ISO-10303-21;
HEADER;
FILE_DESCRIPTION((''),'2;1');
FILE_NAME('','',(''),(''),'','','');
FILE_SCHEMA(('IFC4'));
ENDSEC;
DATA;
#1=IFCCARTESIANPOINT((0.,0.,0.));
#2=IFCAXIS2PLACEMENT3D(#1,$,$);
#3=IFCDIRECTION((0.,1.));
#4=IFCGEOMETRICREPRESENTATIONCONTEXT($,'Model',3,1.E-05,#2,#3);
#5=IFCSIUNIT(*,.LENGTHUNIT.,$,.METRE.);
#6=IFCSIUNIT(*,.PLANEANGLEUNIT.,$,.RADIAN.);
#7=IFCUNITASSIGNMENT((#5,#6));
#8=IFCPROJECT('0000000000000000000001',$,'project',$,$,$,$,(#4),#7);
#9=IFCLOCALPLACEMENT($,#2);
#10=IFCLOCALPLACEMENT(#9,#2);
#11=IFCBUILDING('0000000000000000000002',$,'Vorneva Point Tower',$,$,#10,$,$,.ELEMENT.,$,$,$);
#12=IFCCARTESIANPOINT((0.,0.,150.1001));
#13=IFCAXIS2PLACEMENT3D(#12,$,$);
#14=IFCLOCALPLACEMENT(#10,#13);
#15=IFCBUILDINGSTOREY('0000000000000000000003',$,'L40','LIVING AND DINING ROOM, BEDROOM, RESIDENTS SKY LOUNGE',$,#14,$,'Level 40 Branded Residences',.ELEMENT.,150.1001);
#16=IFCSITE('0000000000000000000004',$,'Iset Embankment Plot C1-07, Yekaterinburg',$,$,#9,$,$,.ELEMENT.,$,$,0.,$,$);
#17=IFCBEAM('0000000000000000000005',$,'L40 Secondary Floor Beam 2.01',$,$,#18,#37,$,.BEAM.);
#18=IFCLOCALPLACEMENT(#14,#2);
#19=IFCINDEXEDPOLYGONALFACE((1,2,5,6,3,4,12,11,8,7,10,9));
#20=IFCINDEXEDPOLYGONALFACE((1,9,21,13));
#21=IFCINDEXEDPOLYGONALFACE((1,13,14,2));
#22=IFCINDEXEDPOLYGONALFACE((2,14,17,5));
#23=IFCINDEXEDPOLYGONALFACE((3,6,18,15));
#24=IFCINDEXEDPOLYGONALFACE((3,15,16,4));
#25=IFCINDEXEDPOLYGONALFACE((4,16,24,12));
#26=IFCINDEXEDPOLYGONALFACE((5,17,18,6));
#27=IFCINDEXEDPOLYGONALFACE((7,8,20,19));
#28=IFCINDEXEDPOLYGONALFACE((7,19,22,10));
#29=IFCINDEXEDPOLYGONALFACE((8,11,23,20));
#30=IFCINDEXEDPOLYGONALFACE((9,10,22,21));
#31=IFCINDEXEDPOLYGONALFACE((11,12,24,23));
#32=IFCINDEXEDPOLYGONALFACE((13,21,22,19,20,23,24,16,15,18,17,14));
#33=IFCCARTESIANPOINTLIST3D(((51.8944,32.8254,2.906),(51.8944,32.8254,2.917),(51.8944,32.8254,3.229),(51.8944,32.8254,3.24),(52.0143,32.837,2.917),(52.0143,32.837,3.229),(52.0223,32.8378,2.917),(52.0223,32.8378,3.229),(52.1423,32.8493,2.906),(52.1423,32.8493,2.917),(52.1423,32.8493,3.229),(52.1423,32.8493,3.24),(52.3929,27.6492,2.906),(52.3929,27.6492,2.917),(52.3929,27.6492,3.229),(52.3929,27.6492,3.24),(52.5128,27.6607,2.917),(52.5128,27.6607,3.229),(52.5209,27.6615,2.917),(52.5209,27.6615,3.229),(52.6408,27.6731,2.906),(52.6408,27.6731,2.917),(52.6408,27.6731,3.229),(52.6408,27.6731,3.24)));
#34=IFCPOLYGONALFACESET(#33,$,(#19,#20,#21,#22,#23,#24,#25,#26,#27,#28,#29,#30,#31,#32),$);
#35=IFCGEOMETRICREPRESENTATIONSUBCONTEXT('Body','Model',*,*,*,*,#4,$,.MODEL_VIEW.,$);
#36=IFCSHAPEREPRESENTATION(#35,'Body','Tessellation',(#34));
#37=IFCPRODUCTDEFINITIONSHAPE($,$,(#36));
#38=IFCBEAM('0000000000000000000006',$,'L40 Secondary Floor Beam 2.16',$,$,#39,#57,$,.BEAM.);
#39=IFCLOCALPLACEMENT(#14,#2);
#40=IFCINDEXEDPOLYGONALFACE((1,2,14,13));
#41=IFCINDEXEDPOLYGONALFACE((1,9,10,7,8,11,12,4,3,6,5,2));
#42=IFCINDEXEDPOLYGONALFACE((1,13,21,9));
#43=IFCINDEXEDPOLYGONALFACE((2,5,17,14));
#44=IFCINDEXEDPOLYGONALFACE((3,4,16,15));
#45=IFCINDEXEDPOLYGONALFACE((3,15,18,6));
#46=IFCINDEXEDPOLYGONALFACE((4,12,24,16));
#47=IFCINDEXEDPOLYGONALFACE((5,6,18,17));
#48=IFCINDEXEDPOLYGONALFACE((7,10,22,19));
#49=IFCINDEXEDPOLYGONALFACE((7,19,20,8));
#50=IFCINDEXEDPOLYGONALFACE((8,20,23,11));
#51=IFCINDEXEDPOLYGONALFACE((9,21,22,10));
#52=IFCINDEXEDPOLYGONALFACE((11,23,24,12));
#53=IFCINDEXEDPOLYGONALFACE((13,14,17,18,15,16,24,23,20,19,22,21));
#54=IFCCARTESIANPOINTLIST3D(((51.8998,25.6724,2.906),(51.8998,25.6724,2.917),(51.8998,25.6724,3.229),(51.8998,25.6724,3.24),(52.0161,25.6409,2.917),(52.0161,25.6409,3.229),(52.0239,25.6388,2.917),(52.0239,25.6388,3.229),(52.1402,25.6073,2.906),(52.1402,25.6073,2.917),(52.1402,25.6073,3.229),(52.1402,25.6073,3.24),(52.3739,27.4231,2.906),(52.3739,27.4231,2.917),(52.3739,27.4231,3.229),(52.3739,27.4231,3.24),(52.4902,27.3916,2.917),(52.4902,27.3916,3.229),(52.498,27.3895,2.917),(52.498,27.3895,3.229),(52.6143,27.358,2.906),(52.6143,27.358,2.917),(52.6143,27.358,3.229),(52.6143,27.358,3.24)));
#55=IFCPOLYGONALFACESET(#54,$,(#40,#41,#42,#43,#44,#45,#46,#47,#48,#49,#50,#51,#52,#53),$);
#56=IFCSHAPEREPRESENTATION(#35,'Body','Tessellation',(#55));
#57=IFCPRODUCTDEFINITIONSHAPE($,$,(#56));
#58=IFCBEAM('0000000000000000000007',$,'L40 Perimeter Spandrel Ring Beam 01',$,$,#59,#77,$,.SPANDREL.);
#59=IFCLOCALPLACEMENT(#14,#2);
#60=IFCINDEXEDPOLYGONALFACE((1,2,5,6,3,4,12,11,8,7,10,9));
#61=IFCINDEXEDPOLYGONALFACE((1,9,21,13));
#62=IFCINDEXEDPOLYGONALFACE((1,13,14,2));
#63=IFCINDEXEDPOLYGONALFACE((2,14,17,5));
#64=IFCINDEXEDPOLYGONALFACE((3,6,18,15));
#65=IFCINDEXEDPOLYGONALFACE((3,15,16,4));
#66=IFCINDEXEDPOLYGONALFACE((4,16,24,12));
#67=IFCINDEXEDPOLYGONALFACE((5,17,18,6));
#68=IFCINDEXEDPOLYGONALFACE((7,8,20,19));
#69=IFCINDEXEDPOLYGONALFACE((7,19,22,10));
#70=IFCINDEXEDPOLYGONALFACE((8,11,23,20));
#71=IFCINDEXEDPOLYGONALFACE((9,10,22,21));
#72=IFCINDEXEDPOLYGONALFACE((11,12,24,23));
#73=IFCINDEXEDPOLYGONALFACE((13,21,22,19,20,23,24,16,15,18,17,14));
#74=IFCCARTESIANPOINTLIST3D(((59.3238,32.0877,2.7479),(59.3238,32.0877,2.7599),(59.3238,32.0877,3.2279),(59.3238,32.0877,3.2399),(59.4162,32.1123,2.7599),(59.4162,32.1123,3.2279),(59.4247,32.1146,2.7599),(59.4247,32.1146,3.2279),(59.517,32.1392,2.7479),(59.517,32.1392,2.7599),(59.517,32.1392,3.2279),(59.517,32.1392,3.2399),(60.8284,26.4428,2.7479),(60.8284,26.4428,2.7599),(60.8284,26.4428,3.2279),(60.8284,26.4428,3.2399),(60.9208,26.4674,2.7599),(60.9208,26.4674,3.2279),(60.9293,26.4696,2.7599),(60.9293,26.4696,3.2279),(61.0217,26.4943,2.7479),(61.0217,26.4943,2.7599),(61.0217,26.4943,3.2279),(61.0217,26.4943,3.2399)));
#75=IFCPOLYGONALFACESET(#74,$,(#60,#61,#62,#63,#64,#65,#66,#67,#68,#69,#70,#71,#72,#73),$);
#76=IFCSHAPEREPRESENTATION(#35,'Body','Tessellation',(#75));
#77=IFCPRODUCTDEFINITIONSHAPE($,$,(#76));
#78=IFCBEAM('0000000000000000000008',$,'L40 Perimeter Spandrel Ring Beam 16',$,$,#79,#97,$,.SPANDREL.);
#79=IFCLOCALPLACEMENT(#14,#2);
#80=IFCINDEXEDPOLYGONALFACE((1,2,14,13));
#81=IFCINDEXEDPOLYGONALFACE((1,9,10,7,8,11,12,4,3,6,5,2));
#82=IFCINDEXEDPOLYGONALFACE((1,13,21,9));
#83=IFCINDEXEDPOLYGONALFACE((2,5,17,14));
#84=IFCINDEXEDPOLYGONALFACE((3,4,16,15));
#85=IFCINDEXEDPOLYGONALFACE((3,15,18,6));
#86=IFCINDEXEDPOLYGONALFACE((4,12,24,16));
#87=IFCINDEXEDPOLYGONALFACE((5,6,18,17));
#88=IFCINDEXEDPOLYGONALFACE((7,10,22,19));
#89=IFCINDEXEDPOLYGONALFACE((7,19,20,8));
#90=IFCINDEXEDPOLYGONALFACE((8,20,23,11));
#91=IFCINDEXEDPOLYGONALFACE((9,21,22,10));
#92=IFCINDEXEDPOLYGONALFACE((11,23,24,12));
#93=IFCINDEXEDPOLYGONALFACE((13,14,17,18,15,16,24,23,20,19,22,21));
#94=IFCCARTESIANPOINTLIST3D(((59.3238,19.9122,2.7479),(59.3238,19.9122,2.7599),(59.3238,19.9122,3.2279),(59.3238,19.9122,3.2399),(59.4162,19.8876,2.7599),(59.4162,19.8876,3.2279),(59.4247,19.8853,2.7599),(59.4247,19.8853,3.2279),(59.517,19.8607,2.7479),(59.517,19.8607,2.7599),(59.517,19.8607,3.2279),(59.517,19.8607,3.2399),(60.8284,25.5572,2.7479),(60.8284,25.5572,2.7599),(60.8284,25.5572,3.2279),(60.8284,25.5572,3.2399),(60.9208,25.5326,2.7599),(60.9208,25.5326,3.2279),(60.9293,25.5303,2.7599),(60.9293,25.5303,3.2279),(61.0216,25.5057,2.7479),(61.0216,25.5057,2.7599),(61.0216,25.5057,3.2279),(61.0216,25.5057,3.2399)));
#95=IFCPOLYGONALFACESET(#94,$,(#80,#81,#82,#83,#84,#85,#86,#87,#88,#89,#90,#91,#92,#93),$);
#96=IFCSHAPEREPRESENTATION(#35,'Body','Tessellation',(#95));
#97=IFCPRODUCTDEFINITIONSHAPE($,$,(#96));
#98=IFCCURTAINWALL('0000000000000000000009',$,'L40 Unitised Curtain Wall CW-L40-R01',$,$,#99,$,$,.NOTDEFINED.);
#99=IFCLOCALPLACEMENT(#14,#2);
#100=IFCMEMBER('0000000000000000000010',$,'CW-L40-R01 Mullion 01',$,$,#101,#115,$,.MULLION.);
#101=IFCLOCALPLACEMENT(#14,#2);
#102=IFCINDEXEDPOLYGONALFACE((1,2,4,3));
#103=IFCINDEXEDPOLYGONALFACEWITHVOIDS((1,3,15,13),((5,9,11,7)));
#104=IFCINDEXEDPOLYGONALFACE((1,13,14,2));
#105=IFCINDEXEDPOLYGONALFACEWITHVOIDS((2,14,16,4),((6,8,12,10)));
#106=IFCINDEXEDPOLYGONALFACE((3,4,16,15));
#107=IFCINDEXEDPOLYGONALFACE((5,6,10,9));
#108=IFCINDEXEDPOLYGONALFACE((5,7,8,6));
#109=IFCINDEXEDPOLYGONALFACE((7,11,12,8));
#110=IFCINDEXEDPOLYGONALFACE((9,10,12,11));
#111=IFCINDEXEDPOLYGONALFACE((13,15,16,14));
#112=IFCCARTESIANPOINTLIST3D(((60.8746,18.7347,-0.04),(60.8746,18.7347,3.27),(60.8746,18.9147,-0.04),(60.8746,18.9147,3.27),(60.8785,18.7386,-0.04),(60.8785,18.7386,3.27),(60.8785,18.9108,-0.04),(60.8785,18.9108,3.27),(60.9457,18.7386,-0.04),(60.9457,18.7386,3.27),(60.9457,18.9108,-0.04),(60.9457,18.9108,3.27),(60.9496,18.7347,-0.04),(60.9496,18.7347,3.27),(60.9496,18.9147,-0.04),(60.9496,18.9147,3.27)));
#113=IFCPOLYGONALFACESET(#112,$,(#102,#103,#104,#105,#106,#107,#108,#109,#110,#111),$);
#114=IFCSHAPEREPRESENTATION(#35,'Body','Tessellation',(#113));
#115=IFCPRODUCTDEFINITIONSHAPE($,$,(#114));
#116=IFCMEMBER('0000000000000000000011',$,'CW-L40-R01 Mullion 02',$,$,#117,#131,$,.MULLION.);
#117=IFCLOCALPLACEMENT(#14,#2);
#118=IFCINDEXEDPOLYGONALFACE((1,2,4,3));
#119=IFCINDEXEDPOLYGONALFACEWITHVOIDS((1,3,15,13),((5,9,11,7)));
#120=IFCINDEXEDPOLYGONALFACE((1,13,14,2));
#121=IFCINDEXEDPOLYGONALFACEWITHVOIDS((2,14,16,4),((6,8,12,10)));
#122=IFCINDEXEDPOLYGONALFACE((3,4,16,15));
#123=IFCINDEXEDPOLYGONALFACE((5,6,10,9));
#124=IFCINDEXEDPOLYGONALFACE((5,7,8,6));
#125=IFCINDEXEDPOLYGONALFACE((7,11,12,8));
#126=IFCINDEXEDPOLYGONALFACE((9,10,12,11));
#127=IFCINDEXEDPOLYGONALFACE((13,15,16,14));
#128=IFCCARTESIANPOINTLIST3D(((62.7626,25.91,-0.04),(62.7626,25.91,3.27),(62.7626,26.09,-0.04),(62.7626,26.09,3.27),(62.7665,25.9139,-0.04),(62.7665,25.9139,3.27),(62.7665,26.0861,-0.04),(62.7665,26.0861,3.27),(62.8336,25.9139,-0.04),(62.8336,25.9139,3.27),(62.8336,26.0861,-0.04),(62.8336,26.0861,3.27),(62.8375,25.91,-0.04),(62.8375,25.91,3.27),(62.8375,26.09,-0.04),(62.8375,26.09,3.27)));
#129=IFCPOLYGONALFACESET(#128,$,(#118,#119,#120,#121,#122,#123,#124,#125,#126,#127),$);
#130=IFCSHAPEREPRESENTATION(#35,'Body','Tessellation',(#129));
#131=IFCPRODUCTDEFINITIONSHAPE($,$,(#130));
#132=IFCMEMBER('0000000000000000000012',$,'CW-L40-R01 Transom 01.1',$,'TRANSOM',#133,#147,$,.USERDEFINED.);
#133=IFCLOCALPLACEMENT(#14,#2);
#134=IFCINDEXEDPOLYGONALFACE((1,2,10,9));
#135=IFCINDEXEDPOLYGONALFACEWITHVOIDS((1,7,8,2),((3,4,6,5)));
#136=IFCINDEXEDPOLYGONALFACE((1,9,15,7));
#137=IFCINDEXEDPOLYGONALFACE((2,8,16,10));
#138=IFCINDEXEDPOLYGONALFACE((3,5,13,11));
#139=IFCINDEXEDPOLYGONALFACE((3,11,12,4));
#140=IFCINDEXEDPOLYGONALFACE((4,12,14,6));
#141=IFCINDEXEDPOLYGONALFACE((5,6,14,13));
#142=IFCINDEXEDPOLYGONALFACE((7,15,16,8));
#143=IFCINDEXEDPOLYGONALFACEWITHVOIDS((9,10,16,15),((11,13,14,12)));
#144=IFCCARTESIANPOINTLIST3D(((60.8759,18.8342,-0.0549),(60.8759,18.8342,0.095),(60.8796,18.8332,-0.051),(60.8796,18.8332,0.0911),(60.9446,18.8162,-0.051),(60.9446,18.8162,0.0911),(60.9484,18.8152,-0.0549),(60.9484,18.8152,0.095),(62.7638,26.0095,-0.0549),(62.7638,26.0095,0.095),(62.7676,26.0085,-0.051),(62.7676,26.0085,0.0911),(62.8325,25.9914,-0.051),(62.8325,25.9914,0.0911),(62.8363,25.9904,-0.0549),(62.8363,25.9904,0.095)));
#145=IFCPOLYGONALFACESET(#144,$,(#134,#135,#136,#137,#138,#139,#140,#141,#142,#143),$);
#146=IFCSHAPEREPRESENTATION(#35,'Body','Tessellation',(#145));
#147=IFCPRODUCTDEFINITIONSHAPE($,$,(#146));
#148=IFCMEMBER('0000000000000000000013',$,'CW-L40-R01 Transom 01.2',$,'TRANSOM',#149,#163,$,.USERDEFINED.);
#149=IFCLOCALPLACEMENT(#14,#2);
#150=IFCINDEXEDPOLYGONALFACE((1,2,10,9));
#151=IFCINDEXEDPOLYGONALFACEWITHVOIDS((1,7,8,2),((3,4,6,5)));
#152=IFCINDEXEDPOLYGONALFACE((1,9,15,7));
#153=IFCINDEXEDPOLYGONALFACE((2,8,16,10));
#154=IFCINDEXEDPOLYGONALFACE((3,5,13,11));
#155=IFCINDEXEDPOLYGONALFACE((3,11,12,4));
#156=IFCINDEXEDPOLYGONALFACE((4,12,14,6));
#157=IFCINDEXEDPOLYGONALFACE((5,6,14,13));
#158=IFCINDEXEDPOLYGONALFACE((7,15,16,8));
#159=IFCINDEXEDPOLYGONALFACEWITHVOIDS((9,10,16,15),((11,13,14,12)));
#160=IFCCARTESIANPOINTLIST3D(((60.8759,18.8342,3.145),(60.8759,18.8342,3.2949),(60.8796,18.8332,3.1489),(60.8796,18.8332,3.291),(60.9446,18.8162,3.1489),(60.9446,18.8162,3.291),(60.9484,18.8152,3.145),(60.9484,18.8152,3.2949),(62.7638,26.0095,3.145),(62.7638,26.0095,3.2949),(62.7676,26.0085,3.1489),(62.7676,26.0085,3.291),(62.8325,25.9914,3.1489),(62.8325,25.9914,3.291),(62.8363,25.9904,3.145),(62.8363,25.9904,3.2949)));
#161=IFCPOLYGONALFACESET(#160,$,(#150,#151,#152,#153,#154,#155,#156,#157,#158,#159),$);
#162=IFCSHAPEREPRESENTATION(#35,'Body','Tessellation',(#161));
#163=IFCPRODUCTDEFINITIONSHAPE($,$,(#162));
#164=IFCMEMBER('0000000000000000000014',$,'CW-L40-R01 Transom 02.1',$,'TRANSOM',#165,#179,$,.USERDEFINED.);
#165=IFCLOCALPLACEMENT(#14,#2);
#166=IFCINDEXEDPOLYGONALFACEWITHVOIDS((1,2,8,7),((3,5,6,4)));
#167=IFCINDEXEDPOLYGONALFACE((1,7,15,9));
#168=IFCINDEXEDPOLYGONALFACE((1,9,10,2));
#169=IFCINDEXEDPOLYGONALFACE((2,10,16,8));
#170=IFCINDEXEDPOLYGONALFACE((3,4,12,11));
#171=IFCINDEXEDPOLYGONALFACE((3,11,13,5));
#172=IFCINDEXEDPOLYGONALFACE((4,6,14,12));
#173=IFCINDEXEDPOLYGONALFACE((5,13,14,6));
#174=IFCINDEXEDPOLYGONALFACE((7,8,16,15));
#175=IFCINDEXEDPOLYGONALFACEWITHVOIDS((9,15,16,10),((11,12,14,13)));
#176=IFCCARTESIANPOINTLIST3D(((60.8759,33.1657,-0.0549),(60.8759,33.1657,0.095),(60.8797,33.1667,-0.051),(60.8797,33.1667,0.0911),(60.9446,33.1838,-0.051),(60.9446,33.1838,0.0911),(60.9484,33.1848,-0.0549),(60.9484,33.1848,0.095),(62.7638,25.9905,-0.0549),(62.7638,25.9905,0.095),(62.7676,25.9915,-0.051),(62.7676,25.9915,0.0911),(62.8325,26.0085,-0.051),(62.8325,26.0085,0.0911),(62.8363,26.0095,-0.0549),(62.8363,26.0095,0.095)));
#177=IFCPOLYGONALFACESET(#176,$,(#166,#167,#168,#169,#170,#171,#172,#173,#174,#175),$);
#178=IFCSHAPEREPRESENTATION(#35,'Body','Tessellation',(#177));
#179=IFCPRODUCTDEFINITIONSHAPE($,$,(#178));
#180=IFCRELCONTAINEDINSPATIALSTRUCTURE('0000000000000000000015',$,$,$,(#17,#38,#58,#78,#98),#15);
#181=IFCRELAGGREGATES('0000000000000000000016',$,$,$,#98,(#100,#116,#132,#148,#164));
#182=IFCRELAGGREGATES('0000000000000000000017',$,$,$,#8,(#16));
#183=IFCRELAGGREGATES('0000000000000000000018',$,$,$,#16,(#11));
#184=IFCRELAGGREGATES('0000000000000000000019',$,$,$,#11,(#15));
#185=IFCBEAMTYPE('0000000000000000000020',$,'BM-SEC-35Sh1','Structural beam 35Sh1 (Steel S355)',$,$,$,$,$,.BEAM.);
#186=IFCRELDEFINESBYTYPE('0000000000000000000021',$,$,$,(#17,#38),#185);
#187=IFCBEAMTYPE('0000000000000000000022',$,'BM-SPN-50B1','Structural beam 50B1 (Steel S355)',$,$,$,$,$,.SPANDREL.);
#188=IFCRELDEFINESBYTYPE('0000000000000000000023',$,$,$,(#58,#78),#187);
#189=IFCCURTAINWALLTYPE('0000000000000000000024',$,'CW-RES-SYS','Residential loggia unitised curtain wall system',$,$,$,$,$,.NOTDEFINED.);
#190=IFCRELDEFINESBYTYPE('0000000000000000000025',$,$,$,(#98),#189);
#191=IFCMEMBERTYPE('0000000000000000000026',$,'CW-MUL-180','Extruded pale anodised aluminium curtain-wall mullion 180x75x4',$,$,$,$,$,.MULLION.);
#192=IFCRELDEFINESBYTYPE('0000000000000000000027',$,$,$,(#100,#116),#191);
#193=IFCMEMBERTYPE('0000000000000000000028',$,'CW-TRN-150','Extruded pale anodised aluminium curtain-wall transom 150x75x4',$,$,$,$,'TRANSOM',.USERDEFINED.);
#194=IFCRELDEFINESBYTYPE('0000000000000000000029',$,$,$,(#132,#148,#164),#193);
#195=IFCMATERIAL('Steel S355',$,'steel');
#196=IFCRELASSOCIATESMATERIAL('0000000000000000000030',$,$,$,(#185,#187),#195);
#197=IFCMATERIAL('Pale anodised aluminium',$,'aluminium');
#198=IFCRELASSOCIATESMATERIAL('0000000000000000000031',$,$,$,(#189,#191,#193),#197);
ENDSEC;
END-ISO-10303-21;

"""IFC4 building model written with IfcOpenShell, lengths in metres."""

from ifc_helpers import new_model, si_unit, direction, frame, origin, origin_2d, place, context, subcontext, project, spatial, hollow_rectangle, i_section, extrude, material, material_profile, profile_set, type_object, element, aggregate, save


model = new_model("IFC4")

# Units and contexts
model_context = context("Model", 3, precision=1e-05, world=origin(), true_north=direction((0.0, 1.0)))
body_context = subcontext(model_context, "Body", "Model", "MODEL_VIEW")
ifc_project = project(units=[si_unit("LENGTHUNIT", "METRE"), si_unit("PLANEANGLEUNIT", "RADIAN")], contexts=[model_context])

# Site, building, storey
site_placement = place(None, origin())
site = spatial("IfcSite", under=ifc_project, at=site_placement, Name="Iset Embankment Plot C1-07, Yekaterinburg", CompositionType="ELEMENT", RefElevation=0.0)
building_placement = place(site_placement, origin())
building = spatial("IfcBuilding", under=site, at=building_placement, Name="Vorneva Point Tower", CompositionType="ELEMENT")
storey_placement = place(building_placement, frame((0.0, 0.0, 150.1001)))
storey = spatial("IfcBuildingStorey", under=building, at=storey_placement, Name="L40", Description="LIVING AND DINING ROOM, BEDROOM, RESIDENTS SKY LOUNGE", LongName="Level 40 Branded Residences", CompositionType="ELEMENT", Elevation=150.1001)

# Beams
ifc_material_1 = material(Name="Steel S355", Category="steel")
ifc_material_profile_1 = material_profile(ifc_material_1, i_section(OverallWidth=0.249, OverallDepth=0.334, WebThickness=0.0081, FlangeThickness=0.011, at=origin_2d()), Name="35Sh1")
ifc_profile_set_1 = profile_set([ifc_material_profile_1], Name="Steel S355")
beam_type_1 = type_object("IfcBeamType", Name="BM-SEC-35Sh1", Description="Structural beam 35Sh1 (Steel S355)", PredefinedType="BEAM", material=ifc_profile_set_1)
beam_1_placement = place(storey_placement, frame((52.5168, 27.6611, 3.073), z_axis=(-0.095868, 0.995394, 0.0), x_axis=(-0.995394, -0.095868, 0.0)))
element("IfcBeam", 1, at=beam_1_placement, inside=storey, type_object=beam_type_1, Name="L40 Secondary Floor Beam 2.01", PredefinedType="BEAM", context=body_context, shape_type="SweptSolid", body=[
    extrude(i_section(OverallWidth=0.249, OverallDepth=0.334, WebThickness=0.0081, FlangeThickness=0.011, at=origin_2d()), origin(), (0.0, 0.0, 1.0), 5.2002),
])
beam_2_placement = place(storey_placement, frame((52.02, 25.6399, 3.073), z_axis=(0.261397, 0.965231, 0.0), x_axis=(-0.965231, 0.261397, 0.0)))
element("IfcBeam", 2, at=beam_2_placement, inside=storey, type_object=beam_type_1, Name="L40 Secondary Floor Beam 2.16", PredefinedType="BEAM", context=body_context, shape_type="SweptSolid", body=[
    extrude(i_section(OverallWidth=0.249, OverallDepth=0.334, WebThickness=0.0081, FlangeThickness=0.011, at=origin_2d()), origin(), (0.0, 0.0, 1.0), 1.8137),
])
ifc_material_profile_2 = material_profile(ifc_material_1, i_section(OverallWidth=0.2, OverallDepth=0.4919, WebThickness=0.0088, FlangeThickness=0.012, at=origin_2d()), Name="50B1")
ifc_profile_set_2 = profile_set([ifc_material_profile_2], Name="Steel S355")
beam_type_2 = type_object("IfcBeamType", Name="BM-SPN-50B1", Description="Structural beam 50B1 (Steel S355)", PredefinedType="SPANDREL", material=ifc_profile_set_2)
for number, where, z_axis, x_axis, name in (
    (3, (60.925, 26.4685, 2.9939), (-0.257551, 0.966265, 0.0), (-0.966265, -0.257551, 0.0), "L40 Perimeter Spandrel Ring Beam 01"),
    (4, (59.4204, 19.8865, 2.9939), (0.257551, 0.966265, 0.0), (-0.966265, 0.257551, 0.0), "L40 Perimeter Spandrel Ring Beam 16"),
):
    element("IfcBeam", number, at=place(storey_placement, frame(where, z_axis=z_axis, x_axis=x_axis)), inside=storey, type_object=beam_type_2, Name=name, PredefinedType="SPANDREL", context=body_context, shape_type="SweptSolid", body=[
        extrude(i_section(OverallWidth=0.2, OverallDepth=0.4919, WebThickness=0.0088, FlangeThickness=0.012, at=origin_2d()), origin(), (0.0, 0.0, 1.0), 5.842),
    ])

# Curtain wall, members
ifc_material_2 = material(Name="Pale anodised aluminium", Category="aluminium")
curtain_wall_type = type_object("IfcCurtainWallType", Name="CW-RES-SYS", Description="Residential loggia unitised curtain wall system", PredefinedType="NOTDEFINED", material=ifc_material_2)
curtain_wall_placement = place(storey_placement, origin())
curtain_wall = element("IfcCurtainWall", 5, at=curtain_wall_placement, inside=storey, type_object=curtain_wall_type, Name="L40 Unitised Curtain Wall CW-L40-R01", PredefinedType="NOTDEFINED")
ifc_material_profile_3 = material_profile(ifc_material_2, hollow_rectangle(XDim=0.075, YDim=0.1799, WallThickness=0.0039, at=origin_2d()), Name="AL-MUL 180x75x4")
ifc_profile_set_3 = profile_set([ifc_material_profile_3], Name="Pale anodised aluminium")
member_type_1 = type_object("IfcMemberType", Name="CW-MUL-180", Description="Extruded pale anodised aluminium curtain-wall mullion 180x75x4", PredefinedType="MULLION", material=ifc_profile_set_3)
member_1_placement = place(storey_placement, frame((60.9121, 18.8247, -0.04), z_axis=(0.0, 0.0, 1.0), x_axis=(1.0, 0.0, 0.0)))
member_1 = element("IfcMember", 6, at=member_1_placement, type_object=member_type_1, Name="CW-L40-R01 Mullion 01", PredefinedType="MULLION", context=body_context, shape_type="SweptSolid", body=[
    extrude(hollow_rectangle(XDim=0.075, YDim=0.1799, WallThickness=0.0039, at=origin_2d()), origin(), (0.0, 0.0, 1.0), 3.3101),
])
member_2_placement = place(storey_placement, frame((62.8, 26.0, -0.04), z_axis=(0.0, 0.0, 1.0), x_axis=(1.0, 0.0, 0.0)))
member_2 = element("IfcMember", 7, at=member_2_placement, type_object=member_type_1, Name="CW-L40-R01 Mullion 02", PredefinedType="MULLION", context=body_context, shape_type="SweptSolid", body=[
    extrude(hollow_rectangle(XDim=0.075, YDim=0.1799, WallThickness=0.0039, at=origin_2d()), origin(), (0.0, 0.0, 1.0), 3.3101),
])
ifc_material_profile_4 = material_profile(ifc_material_2, hollow_rectangle(XDim=0.075, YDim=0.1499, WallThickness=0.0039, at=origin_2d()), Name="AL-TRN 150x75x4")
ifc_profile_set_4 = profile_set([ifc_material_profile_4], Name="Pale anodised aluminium")
member_type_2 = type_object("IfcMemberType", Name="CW-TRN-150", Description="Extruded pale anodised aluminium curtain-wall transom 150x75x4", ElementType="TRANSOM", PredefinedType="USERDEFINED", material=ifc_profile_set_4)
member_3_placement = place(storey_placement, frame((60.9121, 18.8247, 0.02), z_axis=(0.254456, 0.967084, 0.0), x_axis=(-0.967084, 0.254456, 0.0)))
member_3 = element("IfcMember", 8, at=member_3_placement, type_object=member_type_2, Name="CW-L40-R01 Transom 01.1", ObjectType="TRANSOM", PredefinedType="USERDEFINED", context=body_context, shape_type="SweptSolid", body=[
    extrude(hollow_rectangle(XDim=0.075, YDim=0.1499, WallThickness=0.0039, at=origin_2d()), origin(), (0.0, 0.0, 1.0), 7.4194),
])
member_4_placement = place(storey_placement, frame((60.9121, 18.8247, 3.22), z_axis=(0.254456, 0.967084, 0.0), x_axis=(-0.967084, 0.254456, 0.0)))
member_4 = element("IfcMember", 9, at=member_4_placement, type_object=member_type_2, Name="CW-L40-R01 Transom 01.2", ObjectType="TRANSOM", PredefinedType="USERDEFINED", context=body_context, shape_type="SweptSolid", body=[
    extrude(hollow_rectangle(XDim=0.075, YDim=0.1499, WallThickness=0.0039, at=origin_2d()), origin(), (0.0, 0.0, 1.0), 7.4194),
])
member_5_placement = place(storey_placement, frame((62.8, 26.0, 0.02), z_axis=(-0.254456, 0.967084, 0.0), x_axis=(-0.967084, -0.254456, 0.0)))
member_5 = element("IfcMember", 10, at=member_5_placement, type_object=member_type_2, Name="CW-L40-R01 Transom 02.1", ObjectType="TRANSOM", PredefinedType="USERDEFINED", context=body_context, shape_type="SweptSolid", body=[
    extrude(hollow_rectangle(XDim=0.075, YDim=0.1499, WallThickness=0.0039, at=origin_2d()), origin(), (0.0, 0.0, 1.0), 7.4194),
])
aggregate(curtain_wall, [member_1, member_2, member_3, member_4, member_5])

save(model, "model.ifc")
